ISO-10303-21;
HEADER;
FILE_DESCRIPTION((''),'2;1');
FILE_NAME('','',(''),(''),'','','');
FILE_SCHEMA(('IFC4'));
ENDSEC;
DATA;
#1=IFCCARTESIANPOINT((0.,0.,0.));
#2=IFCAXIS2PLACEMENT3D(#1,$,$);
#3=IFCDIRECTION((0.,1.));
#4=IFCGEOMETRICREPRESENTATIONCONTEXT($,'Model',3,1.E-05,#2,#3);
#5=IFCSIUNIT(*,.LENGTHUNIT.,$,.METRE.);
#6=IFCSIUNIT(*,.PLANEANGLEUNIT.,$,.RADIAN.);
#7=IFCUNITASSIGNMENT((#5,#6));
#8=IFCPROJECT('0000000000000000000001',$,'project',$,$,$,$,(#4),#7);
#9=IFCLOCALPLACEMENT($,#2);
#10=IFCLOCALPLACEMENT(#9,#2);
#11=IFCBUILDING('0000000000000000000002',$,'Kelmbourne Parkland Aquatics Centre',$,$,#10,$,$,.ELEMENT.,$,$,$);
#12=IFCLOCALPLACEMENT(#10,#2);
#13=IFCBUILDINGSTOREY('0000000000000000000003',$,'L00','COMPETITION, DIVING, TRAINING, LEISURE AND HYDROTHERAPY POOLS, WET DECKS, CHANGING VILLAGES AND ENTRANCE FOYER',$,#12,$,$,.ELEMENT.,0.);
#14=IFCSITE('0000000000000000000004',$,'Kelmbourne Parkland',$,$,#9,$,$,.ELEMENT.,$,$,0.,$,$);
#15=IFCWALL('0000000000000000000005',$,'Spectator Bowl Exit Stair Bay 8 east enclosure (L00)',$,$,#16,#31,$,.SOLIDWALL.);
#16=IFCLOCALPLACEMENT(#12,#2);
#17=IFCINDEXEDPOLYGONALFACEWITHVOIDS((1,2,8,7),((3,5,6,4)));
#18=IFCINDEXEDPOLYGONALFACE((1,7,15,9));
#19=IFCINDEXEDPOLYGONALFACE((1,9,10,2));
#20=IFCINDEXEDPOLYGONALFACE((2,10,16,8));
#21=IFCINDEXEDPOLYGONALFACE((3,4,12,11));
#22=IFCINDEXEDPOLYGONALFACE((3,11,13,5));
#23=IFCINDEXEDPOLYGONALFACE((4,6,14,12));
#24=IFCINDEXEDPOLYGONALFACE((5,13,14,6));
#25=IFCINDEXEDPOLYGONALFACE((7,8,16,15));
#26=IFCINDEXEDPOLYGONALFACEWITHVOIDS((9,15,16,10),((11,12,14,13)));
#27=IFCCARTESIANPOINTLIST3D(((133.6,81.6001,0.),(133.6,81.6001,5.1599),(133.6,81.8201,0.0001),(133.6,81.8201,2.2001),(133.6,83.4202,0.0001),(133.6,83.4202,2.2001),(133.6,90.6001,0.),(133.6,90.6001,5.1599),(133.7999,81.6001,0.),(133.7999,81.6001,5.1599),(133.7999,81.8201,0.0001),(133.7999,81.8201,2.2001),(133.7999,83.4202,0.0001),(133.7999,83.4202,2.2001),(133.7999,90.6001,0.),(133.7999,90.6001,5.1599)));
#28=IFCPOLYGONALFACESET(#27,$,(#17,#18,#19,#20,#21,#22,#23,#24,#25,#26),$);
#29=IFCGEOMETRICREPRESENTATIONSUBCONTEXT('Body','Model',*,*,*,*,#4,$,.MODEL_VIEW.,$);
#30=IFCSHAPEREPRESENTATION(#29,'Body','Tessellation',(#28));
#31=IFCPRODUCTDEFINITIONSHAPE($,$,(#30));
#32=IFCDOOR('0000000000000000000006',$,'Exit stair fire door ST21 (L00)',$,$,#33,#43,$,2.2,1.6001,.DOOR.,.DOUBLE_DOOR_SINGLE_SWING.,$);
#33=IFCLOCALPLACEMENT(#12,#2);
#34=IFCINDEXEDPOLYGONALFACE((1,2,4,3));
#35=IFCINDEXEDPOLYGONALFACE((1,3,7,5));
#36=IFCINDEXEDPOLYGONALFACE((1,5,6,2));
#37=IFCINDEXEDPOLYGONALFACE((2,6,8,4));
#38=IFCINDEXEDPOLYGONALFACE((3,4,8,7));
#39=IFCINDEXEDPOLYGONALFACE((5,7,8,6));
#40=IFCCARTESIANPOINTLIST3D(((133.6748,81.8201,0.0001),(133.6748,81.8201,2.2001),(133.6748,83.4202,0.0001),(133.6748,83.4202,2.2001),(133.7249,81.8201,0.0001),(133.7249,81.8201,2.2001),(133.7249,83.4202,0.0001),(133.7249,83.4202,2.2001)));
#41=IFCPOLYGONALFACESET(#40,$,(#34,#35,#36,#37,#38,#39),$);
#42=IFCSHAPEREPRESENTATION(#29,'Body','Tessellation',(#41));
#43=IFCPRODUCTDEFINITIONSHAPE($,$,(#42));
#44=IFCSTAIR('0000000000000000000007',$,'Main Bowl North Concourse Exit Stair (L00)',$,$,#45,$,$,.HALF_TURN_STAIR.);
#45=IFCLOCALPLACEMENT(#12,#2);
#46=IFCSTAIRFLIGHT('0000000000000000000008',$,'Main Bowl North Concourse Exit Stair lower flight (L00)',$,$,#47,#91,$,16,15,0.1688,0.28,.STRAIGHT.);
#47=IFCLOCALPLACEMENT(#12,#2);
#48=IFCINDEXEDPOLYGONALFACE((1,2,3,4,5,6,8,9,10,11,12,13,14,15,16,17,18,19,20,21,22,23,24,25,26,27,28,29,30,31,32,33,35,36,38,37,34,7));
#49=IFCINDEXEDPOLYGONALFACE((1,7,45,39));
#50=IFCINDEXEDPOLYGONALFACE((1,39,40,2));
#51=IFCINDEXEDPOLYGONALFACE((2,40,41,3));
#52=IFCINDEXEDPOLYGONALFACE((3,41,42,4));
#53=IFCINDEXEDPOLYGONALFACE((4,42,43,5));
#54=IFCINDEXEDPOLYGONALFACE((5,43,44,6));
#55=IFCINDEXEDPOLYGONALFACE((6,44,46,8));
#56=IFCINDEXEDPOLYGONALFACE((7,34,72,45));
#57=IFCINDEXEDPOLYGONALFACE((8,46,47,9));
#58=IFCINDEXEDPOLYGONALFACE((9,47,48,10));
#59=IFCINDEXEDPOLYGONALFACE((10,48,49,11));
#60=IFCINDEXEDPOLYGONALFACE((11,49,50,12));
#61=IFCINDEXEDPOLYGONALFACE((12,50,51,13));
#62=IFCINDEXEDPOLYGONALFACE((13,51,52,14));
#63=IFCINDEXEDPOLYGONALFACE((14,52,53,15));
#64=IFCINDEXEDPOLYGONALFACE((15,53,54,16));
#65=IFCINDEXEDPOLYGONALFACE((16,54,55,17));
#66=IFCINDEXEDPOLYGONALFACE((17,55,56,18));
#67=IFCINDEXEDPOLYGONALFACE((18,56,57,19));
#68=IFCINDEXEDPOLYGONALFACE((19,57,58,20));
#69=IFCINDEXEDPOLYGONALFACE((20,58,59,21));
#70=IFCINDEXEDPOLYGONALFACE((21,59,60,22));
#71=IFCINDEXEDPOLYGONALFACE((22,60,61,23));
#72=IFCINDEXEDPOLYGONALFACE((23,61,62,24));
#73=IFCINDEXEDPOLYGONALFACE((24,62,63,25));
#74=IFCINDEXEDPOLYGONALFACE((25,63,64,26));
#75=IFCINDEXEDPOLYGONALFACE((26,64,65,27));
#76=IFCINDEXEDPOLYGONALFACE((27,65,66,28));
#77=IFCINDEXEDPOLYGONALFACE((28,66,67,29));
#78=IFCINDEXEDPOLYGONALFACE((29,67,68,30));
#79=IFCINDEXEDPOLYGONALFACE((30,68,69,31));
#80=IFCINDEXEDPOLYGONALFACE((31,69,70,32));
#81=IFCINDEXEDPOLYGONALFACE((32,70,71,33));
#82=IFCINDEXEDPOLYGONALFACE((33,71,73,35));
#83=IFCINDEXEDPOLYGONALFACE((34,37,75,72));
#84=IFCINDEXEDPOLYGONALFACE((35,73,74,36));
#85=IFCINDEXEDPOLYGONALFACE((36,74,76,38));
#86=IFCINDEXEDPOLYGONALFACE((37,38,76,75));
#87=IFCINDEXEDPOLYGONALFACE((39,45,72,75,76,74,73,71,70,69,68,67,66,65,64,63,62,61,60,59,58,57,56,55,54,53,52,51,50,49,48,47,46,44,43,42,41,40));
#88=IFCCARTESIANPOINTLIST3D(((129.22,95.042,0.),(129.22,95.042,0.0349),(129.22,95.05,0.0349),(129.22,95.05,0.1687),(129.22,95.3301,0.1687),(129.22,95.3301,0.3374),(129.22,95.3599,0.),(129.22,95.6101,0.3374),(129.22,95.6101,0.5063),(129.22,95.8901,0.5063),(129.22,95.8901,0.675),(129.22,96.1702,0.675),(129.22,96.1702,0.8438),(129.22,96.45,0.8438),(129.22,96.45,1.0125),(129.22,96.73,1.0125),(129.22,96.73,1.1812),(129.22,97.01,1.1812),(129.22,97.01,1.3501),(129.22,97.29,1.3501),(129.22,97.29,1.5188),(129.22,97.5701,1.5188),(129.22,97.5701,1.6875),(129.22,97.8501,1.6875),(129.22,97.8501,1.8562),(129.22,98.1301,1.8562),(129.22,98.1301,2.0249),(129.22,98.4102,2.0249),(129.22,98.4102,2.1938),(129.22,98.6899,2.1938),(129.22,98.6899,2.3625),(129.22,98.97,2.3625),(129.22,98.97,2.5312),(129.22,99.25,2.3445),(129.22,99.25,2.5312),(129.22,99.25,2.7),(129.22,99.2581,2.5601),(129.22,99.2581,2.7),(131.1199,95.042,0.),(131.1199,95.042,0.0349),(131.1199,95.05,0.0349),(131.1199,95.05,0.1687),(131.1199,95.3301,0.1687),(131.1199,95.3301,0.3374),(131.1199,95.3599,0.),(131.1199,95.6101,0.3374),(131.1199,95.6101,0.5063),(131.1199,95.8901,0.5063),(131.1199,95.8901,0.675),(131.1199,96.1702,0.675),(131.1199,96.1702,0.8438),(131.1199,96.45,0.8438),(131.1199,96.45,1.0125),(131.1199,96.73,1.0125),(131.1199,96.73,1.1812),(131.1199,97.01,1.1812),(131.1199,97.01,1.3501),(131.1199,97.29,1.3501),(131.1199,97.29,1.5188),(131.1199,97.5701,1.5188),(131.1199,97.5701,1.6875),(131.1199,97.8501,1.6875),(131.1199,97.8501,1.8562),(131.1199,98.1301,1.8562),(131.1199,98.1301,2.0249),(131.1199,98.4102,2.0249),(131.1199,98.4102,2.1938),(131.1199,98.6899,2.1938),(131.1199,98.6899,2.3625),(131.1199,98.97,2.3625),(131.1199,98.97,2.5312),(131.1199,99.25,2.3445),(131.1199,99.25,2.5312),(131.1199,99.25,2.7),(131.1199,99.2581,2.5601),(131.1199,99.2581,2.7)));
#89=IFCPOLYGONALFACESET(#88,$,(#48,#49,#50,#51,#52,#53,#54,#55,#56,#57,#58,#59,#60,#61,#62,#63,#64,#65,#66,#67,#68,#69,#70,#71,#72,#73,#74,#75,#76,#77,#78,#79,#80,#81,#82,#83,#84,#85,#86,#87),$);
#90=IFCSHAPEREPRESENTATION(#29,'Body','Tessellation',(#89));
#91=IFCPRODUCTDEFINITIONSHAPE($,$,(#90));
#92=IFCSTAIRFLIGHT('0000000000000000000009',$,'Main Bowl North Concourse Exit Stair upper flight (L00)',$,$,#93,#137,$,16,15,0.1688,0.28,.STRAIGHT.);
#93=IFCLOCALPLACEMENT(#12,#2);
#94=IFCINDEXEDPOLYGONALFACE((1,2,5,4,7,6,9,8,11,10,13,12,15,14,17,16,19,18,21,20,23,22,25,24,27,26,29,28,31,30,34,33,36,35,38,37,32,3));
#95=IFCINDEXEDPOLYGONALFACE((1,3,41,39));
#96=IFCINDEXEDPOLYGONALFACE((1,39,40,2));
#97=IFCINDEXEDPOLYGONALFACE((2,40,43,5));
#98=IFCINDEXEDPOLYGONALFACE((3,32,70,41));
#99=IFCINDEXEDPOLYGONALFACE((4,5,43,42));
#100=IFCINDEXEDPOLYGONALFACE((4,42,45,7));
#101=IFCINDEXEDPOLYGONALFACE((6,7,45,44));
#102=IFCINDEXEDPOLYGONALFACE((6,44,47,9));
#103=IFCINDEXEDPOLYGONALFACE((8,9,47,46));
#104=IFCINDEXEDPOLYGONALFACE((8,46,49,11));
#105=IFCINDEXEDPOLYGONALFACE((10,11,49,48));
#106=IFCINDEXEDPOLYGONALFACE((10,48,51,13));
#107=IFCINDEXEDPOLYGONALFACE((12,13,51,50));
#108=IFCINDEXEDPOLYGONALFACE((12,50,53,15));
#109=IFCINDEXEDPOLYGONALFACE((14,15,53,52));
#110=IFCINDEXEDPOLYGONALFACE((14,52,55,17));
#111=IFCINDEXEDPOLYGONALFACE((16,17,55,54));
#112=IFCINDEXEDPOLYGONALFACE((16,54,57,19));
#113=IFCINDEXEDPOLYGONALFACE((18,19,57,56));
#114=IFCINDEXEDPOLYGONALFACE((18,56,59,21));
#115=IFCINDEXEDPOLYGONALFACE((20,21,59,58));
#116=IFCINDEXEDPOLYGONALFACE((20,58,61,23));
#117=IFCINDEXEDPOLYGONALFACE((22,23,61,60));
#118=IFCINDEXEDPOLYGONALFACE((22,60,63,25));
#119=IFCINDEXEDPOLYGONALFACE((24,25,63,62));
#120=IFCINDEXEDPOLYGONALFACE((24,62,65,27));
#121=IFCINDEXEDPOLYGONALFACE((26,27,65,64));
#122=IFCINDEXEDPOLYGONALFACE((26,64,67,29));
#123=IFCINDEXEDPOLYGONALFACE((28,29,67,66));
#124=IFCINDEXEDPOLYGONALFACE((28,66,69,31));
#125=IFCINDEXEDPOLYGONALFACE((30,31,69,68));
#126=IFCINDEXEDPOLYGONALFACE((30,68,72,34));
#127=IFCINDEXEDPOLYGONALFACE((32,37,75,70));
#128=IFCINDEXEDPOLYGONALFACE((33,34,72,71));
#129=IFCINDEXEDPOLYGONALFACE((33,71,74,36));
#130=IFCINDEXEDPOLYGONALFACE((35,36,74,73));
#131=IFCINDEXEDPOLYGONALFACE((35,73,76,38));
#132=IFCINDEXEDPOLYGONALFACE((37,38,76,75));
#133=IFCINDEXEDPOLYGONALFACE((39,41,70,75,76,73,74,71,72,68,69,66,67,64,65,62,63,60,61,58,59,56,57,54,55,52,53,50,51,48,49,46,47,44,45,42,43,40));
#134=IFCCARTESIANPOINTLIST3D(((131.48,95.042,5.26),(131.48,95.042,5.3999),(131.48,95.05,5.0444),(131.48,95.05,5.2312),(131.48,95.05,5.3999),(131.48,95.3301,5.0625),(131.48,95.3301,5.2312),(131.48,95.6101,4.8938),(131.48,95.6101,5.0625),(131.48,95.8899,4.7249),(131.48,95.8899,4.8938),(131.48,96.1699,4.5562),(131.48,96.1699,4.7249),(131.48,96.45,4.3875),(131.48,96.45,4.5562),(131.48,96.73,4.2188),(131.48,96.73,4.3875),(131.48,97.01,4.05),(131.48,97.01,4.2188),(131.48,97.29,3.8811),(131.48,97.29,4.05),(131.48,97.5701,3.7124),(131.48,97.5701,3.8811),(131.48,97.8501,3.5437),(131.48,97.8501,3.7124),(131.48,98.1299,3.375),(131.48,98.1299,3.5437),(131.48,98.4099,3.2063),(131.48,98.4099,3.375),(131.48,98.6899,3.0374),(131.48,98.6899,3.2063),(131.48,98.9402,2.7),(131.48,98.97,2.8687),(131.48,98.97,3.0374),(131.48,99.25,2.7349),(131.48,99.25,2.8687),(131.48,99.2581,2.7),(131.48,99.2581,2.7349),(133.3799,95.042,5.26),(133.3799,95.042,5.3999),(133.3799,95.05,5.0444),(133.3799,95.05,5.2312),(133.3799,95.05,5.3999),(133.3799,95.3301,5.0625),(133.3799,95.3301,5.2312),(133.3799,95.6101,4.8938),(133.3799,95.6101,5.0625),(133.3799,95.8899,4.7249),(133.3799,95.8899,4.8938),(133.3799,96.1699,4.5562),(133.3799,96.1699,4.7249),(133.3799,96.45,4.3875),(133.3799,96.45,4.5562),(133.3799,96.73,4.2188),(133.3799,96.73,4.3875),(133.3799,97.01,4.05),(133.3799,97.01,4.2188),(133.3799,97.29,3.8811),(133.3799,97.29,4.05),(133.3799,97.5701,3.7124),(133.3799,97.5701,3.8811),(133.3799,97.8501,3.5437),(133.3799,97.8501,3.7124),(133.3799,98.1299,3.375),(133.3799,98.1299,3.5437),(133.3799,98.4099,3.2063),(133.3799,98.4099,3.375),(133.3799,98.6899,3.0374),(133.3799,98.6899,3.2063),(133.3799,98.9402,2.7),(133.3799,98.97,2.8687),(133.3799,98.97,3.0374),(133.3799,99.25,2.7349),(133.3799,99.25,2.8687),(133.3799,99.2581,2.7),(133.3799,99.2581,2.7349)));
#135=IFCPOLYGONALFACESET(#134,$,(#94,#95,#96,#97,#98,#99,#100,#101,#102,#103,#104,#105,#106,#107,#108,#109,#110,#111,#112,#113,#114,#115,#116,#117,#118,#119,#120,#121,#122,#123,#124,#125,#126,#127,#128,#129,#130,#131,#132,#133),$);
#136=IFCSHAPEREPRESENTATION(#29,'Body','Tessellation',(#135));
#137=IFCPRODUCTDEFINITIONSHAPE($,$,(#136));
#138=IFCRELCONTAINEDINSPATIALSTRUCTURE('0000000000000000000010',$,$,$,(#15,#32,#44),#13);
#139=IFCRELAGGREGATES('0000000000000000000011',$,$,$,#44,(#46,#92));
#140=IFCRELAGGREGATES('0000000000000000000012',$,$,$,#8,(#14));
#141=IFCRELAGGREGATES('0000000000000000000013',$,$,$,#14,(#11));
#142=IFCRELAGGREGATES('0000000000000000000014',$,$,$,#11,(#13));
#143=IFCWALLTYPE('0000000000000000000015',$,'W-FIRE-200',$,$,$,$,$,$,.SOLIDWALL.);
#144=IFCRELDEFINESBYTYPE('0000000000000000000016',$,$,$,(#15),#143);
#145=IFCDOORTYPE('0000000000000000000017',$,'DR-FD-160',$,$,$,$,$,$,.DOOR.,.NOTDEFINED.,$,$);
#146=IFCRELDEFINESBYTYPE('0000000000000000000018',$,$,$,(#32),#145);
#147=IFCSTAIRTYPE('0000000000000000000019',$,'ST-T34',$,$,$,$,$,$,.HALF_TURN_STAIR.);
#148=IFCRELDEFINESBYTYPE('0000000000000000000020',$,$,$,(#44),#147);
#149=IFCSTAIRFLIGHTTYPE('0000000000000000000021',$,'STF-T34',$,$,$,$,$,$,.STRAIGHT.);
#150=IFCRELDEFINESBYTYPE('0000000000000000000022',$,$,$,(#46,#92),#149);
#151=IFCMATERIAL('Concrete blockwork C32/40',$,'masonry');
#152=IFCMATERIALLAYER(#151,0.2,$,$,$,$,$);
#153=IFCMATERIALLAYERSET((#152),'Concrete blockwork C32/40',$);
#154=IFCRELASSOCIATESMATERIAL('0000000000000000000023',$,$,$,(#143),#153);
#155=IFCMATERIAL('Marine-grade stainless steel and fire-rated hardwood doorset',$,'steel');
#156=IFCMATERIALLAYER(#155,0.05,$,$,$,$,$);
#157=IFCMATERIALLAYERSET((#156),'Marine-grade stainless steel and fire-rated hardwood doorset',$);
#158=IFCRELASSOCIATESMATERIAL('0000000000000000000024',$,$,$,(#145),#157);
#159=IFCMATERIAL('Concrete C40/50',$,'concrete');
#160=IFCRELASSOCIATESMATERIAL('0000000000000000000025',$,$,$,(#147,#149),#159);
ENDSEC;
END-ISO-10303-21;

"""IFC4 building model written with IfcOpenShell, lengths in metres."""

from ifc_helpers import new_model, si_unit, direction, frame, frame_2d, origin, place, context, subcontext, project, spatial, polyline, rectangle, outline, extrude, material, layer, layer_set, type_object, element, fill, aggregate, save


model = new_model("IFC4")

# Units and contexts
model_context = context("Model", 3, precision=1e-05, world=origin(), true_north=direction((0.0, 1.0)))
body_context = subcontext(model_context, "Body", "Model", "MODEL_VIEW")
ifc_project = project(units=[si_unit("LENGTHUNIT", "METRE"), si_unit("PLANEANGLEUNIT", "RADIAN")], contexts=[model_context])

# Site, building, storey
site_placement = place(None, origin())
site = spatial("IfcSite", under=ifc_project, at=site_placement, Name="Kelmbourne Parkland", CompositionType="ELEMENT", RefElevation=0.0)
building_placement = place(site_placement, origin())
building = spatial("IfcBuilding", under=site, at=building_placement, Name="Kelmbourne Parkland Aquatics Centre", CompositionType="ELEMENT")
storey_placement = place(building_placement, origin())
storey = spatial("IfcBuildingStorey", under=building, at=storey_placement, Name="L00", Description="COMPETITION, DIVING, TRAINING, LEISURE AND HYDROTHERAPY POOLS, WET DECKS, CHANGING VILLAGES AND ENTRANCE FOYER", CompositionType="ELEMENT", Elevation=0.0)

# Shared definitions
ifc_material_1 = material(Name="Concrete C40/50", Category="concrete")

# Wall, opening, door
ifc_material_2 = material(Name="Concrete blockwork C32/40", Category="masonry")
ifc_layer_1 = layer(ifc_material_2, 0.2)
ifc_layer_set_1 = layer_set([ifc_layer_1], Name="Concrete blockwork C32/40")
wall_type = type_object("IfcWallType", Name="W-FIRE-200", PredefinedType="SOLIDWALL", material=ifc_layer_set_1)
ifc_material_3 = material(Name="Marine-grade stainless steel and fire-rated hardwood doorset", Category="steel")
ifc_layer_2 = layer(ifc_material_3, 0.05)
ifc_layer_set_2 = layer_set([ifc_layer_2], Name="Marine-grade stainless steel and fire-rated hardwood doorset")
door_type = type_object("IfcDoorType", Name="DR-FD-160", OperationType="NOTDEFINED", PredefinedType="DOOR", material=ifc_layer_set_2)
wall_1_placement = place(storey_placement, frame((133.7, 81.6001, 0.0), z_axis=(0.0, 0.0, 1.0), x_axis=(0.0, 1.0, 0.0)))
wall_1 = element("IfcWall", 1, at=wall_1_placement, inside=storey, type_object=wall_type, Name="Spectator Bowl Exit Stair Bay 8 east enclosure (L00)", PredefinedType="SOLIDWALL", context=body_context, shape_type="SweptSolid", body=[
    extrude(rectangle(XDim=9.0, YDim=0.2, at=frame_2d((4.5, 0.0))), origin(), (0.0, 0.0, 1.0), 5.1599),
])
opening_1_placement = place(wall_1_placement, frame((0.22, 0.0, 0.0)))
opening_1 = element("IfcOpeningElement", 2, at=opening_1_placement, cuts=wall_1, PredefinedType="OPENING", context=body_context, shape_type="SweptSolid", body=[
    extrude(rectangle(XDim=1.6001, YDim=2.2, at=frame_2d((0.8, 1.1001))), frame((0.0, 0.1118, 0.0), z_axis=(0.0, -1.0, 0.0), x_axis=(1.0, 0.0, 0.0)), (0.0, 0.0, 1.0), 0.2239),
])
door_1_placement = place(opening_1_placement, frame((1.6001, 0.0, 0.0), z_axis=(0.0, 0.0, 1.0), x_axis=(-1.0, 0.0, 0.0)))
door_1 = element("IfcDoor", 3, at=door_1_placement, inside=storey, type_object=door_type, Name="Exit stair fire door ST21 (L00)", OperationType="DOUBLE_DOOR_SINGLE_SWING", OverallHeight=2.2, OverallWidth=1.6001, PredefinedType="DOOR", context=body_context, shape_type="SweptSolid", body=[
    extrude(rectangle(XDim=1.6001, YDim=2.2, at=frame_2d((0.8, 1.1001))), frame((0.0, 0.0249, 0.0), z_axis=(0.0, -1.0, 0.0), x_axis=(1.0, 0.0, 0.0)), (0.0, 0.0, 1.0), 0.05),
])
fill(opening_1, door_1)

# Stair, stair flights
stair_type_1 = type_object("IfcStairType", Name="ST-T34", PredefinedType="HALF_TURN_STAIR", material=ifc_material_1)
stair_1_placement = place(storey_placement, origin())
stair_1 = element("IfcStair", 4, at=stair_1_placement, inside=storey, type_object=stair_type_1, Name="Main Bowl North Concourse Exit Stair (L00)", PredefinedType="HALF_TURN_STAIR")
stair_flight_type_1 = type_object("IfcStairFlightType", Name="STF-T34", PredefinedType="STRAIGHT", material=ifc_material_1)
stair_flight_1_placement = place(storey_placement, frame((130.1699, 95.05, 0.0), z_axis=(0.0, 0.0, 1.0), x_axis=(0.0, 1.0, 0.0)))
stair_flight_1 = element("IfcStairFlight", 5, at=stair_flight_1_placement, type_object=stair_flight_type_1, Name="Main Bowl North Concourse Exit Stair lower flight (L00)", NumberOfRisers=16, NumberOfTreads=15, PredefinedType="STRAIGHT", RiserHeight=0.1688, TreadLength=0.28, context=body_context, shape_type="SweptSolid", body=[
    extrude(outline(polyline([(-0.0081, 0.0), (-0.0081, 0.0349), (0.0, 0.0349), (0.0, 0.1687), (0.28, 0.1687), (0.28, 0.3374), (0.5601, 0.3374), (0.5601, 0.5063), (0.8401, 0.5063), (0.8401, 0.675), (1.1201, 0.675), (1.1201, 0.8438), (1.3999, 0.8438), (1.3999, 1.0125), (1.6799, 1.0125), (1.6799, 1.1812), (1.96, 1.1812), (1.96, 1.3501), (2.24, 1.3501), (2.24, 1.5188), (2.52, 1.5188), (2.52, 1.6875), (2.8, 1.6875), (2.8, 1.8562), (3.0801, 1.8562), (3.0801, 2.0249), (3.3601, 2.0249), (3.3601, 2.1938), (3.6399, 2.1938), (3.6399, 2.3625), (3.9199, 2.3625), (3.9199, 2.5312), (4.2, 2.5312), (4.2, 2.7), (4.208, 2.7), (4.208, 2.5601), (4.2, 2.3445), (0.3098, 0.0), (-0.0081, 0.0)])), frame((0.0, 0.95, 0.0), z_axis=(0.0, -1.0, 0.0), x_axis=(1.0, 0.0, 0.0)), (0.0, 0.0, 1.0), 1.8999),
])
stair_flight_2_placement = place(storey_placement, frame((132.4299, 99.25, 2.7), z_axis=(0.0, 0.0, 1.0), x_axis=(0.0, -1.0, 0.0)))
stair_flight_2 = element("IfcStairFlight", 6, at=stair_flight_2_placement, type_object=stair_flight_type_1, Name="Main Bowl North Concourse Exit Stair upper flight (L00)", NumberOfRisers=16, NumberOfTreads=15, PredefinedType="STRAIGHT", RiserHeight=0.1688, TreadLength=0.28, context=body_context, shape_type="SweptSolid", body=[
    extrude(outline(polyline([(-0.0081, 0.0), (-0.0081, 0.0349), (0.0, 0.0349), (0.0, 0.1687), (0.28, 0.1687), (0.28, 0.3374), (0.5601, 0.3374), (0.5601, 0.5063), (0.8401, 0.5063), (0.8401, 0.675), (1.1201, 0.675), (1.1201, 0.8438), (1.3999, 0.8438), (1.3999, 1.0125), (1.6799, 1.0125), (1.6799, 1.1812), (1.96, 1.1812), (1.96, 1.3501), (2.24, 1.3501), (2.24, 1.5188), (2.52, 1.5188), (2.52, 1.6875), (2.8, 1.6875), (2.8, 1.8562), (3.0801, 1.8562), (3.0801, 2.0249), (3.3601, 2.0249), (3.3601, 2.1938), (3.6399, 2.1938), (3.6399, 2.3625), (3.9199, 2.3625), (3.9199, 2.5312), (4.2, 2.5312), (4.2, 2.7), (4.208, 2.7), (4.208, 2.5601), (4.2, 2.3445), (0.3098, 0.0), (-0.0081, 0.0)])), frame((0.0, 0.95, 0.0), z_axis=(0.0, -1.0, 0.0), x_axis=(1.0, 0.0, 0.0)), (0.0, 0.0, 1.0), 1.8999),
])
aggregate(stair_1, [stair_flight_1, stair_flight_2])

save(model, "model.ifc")
